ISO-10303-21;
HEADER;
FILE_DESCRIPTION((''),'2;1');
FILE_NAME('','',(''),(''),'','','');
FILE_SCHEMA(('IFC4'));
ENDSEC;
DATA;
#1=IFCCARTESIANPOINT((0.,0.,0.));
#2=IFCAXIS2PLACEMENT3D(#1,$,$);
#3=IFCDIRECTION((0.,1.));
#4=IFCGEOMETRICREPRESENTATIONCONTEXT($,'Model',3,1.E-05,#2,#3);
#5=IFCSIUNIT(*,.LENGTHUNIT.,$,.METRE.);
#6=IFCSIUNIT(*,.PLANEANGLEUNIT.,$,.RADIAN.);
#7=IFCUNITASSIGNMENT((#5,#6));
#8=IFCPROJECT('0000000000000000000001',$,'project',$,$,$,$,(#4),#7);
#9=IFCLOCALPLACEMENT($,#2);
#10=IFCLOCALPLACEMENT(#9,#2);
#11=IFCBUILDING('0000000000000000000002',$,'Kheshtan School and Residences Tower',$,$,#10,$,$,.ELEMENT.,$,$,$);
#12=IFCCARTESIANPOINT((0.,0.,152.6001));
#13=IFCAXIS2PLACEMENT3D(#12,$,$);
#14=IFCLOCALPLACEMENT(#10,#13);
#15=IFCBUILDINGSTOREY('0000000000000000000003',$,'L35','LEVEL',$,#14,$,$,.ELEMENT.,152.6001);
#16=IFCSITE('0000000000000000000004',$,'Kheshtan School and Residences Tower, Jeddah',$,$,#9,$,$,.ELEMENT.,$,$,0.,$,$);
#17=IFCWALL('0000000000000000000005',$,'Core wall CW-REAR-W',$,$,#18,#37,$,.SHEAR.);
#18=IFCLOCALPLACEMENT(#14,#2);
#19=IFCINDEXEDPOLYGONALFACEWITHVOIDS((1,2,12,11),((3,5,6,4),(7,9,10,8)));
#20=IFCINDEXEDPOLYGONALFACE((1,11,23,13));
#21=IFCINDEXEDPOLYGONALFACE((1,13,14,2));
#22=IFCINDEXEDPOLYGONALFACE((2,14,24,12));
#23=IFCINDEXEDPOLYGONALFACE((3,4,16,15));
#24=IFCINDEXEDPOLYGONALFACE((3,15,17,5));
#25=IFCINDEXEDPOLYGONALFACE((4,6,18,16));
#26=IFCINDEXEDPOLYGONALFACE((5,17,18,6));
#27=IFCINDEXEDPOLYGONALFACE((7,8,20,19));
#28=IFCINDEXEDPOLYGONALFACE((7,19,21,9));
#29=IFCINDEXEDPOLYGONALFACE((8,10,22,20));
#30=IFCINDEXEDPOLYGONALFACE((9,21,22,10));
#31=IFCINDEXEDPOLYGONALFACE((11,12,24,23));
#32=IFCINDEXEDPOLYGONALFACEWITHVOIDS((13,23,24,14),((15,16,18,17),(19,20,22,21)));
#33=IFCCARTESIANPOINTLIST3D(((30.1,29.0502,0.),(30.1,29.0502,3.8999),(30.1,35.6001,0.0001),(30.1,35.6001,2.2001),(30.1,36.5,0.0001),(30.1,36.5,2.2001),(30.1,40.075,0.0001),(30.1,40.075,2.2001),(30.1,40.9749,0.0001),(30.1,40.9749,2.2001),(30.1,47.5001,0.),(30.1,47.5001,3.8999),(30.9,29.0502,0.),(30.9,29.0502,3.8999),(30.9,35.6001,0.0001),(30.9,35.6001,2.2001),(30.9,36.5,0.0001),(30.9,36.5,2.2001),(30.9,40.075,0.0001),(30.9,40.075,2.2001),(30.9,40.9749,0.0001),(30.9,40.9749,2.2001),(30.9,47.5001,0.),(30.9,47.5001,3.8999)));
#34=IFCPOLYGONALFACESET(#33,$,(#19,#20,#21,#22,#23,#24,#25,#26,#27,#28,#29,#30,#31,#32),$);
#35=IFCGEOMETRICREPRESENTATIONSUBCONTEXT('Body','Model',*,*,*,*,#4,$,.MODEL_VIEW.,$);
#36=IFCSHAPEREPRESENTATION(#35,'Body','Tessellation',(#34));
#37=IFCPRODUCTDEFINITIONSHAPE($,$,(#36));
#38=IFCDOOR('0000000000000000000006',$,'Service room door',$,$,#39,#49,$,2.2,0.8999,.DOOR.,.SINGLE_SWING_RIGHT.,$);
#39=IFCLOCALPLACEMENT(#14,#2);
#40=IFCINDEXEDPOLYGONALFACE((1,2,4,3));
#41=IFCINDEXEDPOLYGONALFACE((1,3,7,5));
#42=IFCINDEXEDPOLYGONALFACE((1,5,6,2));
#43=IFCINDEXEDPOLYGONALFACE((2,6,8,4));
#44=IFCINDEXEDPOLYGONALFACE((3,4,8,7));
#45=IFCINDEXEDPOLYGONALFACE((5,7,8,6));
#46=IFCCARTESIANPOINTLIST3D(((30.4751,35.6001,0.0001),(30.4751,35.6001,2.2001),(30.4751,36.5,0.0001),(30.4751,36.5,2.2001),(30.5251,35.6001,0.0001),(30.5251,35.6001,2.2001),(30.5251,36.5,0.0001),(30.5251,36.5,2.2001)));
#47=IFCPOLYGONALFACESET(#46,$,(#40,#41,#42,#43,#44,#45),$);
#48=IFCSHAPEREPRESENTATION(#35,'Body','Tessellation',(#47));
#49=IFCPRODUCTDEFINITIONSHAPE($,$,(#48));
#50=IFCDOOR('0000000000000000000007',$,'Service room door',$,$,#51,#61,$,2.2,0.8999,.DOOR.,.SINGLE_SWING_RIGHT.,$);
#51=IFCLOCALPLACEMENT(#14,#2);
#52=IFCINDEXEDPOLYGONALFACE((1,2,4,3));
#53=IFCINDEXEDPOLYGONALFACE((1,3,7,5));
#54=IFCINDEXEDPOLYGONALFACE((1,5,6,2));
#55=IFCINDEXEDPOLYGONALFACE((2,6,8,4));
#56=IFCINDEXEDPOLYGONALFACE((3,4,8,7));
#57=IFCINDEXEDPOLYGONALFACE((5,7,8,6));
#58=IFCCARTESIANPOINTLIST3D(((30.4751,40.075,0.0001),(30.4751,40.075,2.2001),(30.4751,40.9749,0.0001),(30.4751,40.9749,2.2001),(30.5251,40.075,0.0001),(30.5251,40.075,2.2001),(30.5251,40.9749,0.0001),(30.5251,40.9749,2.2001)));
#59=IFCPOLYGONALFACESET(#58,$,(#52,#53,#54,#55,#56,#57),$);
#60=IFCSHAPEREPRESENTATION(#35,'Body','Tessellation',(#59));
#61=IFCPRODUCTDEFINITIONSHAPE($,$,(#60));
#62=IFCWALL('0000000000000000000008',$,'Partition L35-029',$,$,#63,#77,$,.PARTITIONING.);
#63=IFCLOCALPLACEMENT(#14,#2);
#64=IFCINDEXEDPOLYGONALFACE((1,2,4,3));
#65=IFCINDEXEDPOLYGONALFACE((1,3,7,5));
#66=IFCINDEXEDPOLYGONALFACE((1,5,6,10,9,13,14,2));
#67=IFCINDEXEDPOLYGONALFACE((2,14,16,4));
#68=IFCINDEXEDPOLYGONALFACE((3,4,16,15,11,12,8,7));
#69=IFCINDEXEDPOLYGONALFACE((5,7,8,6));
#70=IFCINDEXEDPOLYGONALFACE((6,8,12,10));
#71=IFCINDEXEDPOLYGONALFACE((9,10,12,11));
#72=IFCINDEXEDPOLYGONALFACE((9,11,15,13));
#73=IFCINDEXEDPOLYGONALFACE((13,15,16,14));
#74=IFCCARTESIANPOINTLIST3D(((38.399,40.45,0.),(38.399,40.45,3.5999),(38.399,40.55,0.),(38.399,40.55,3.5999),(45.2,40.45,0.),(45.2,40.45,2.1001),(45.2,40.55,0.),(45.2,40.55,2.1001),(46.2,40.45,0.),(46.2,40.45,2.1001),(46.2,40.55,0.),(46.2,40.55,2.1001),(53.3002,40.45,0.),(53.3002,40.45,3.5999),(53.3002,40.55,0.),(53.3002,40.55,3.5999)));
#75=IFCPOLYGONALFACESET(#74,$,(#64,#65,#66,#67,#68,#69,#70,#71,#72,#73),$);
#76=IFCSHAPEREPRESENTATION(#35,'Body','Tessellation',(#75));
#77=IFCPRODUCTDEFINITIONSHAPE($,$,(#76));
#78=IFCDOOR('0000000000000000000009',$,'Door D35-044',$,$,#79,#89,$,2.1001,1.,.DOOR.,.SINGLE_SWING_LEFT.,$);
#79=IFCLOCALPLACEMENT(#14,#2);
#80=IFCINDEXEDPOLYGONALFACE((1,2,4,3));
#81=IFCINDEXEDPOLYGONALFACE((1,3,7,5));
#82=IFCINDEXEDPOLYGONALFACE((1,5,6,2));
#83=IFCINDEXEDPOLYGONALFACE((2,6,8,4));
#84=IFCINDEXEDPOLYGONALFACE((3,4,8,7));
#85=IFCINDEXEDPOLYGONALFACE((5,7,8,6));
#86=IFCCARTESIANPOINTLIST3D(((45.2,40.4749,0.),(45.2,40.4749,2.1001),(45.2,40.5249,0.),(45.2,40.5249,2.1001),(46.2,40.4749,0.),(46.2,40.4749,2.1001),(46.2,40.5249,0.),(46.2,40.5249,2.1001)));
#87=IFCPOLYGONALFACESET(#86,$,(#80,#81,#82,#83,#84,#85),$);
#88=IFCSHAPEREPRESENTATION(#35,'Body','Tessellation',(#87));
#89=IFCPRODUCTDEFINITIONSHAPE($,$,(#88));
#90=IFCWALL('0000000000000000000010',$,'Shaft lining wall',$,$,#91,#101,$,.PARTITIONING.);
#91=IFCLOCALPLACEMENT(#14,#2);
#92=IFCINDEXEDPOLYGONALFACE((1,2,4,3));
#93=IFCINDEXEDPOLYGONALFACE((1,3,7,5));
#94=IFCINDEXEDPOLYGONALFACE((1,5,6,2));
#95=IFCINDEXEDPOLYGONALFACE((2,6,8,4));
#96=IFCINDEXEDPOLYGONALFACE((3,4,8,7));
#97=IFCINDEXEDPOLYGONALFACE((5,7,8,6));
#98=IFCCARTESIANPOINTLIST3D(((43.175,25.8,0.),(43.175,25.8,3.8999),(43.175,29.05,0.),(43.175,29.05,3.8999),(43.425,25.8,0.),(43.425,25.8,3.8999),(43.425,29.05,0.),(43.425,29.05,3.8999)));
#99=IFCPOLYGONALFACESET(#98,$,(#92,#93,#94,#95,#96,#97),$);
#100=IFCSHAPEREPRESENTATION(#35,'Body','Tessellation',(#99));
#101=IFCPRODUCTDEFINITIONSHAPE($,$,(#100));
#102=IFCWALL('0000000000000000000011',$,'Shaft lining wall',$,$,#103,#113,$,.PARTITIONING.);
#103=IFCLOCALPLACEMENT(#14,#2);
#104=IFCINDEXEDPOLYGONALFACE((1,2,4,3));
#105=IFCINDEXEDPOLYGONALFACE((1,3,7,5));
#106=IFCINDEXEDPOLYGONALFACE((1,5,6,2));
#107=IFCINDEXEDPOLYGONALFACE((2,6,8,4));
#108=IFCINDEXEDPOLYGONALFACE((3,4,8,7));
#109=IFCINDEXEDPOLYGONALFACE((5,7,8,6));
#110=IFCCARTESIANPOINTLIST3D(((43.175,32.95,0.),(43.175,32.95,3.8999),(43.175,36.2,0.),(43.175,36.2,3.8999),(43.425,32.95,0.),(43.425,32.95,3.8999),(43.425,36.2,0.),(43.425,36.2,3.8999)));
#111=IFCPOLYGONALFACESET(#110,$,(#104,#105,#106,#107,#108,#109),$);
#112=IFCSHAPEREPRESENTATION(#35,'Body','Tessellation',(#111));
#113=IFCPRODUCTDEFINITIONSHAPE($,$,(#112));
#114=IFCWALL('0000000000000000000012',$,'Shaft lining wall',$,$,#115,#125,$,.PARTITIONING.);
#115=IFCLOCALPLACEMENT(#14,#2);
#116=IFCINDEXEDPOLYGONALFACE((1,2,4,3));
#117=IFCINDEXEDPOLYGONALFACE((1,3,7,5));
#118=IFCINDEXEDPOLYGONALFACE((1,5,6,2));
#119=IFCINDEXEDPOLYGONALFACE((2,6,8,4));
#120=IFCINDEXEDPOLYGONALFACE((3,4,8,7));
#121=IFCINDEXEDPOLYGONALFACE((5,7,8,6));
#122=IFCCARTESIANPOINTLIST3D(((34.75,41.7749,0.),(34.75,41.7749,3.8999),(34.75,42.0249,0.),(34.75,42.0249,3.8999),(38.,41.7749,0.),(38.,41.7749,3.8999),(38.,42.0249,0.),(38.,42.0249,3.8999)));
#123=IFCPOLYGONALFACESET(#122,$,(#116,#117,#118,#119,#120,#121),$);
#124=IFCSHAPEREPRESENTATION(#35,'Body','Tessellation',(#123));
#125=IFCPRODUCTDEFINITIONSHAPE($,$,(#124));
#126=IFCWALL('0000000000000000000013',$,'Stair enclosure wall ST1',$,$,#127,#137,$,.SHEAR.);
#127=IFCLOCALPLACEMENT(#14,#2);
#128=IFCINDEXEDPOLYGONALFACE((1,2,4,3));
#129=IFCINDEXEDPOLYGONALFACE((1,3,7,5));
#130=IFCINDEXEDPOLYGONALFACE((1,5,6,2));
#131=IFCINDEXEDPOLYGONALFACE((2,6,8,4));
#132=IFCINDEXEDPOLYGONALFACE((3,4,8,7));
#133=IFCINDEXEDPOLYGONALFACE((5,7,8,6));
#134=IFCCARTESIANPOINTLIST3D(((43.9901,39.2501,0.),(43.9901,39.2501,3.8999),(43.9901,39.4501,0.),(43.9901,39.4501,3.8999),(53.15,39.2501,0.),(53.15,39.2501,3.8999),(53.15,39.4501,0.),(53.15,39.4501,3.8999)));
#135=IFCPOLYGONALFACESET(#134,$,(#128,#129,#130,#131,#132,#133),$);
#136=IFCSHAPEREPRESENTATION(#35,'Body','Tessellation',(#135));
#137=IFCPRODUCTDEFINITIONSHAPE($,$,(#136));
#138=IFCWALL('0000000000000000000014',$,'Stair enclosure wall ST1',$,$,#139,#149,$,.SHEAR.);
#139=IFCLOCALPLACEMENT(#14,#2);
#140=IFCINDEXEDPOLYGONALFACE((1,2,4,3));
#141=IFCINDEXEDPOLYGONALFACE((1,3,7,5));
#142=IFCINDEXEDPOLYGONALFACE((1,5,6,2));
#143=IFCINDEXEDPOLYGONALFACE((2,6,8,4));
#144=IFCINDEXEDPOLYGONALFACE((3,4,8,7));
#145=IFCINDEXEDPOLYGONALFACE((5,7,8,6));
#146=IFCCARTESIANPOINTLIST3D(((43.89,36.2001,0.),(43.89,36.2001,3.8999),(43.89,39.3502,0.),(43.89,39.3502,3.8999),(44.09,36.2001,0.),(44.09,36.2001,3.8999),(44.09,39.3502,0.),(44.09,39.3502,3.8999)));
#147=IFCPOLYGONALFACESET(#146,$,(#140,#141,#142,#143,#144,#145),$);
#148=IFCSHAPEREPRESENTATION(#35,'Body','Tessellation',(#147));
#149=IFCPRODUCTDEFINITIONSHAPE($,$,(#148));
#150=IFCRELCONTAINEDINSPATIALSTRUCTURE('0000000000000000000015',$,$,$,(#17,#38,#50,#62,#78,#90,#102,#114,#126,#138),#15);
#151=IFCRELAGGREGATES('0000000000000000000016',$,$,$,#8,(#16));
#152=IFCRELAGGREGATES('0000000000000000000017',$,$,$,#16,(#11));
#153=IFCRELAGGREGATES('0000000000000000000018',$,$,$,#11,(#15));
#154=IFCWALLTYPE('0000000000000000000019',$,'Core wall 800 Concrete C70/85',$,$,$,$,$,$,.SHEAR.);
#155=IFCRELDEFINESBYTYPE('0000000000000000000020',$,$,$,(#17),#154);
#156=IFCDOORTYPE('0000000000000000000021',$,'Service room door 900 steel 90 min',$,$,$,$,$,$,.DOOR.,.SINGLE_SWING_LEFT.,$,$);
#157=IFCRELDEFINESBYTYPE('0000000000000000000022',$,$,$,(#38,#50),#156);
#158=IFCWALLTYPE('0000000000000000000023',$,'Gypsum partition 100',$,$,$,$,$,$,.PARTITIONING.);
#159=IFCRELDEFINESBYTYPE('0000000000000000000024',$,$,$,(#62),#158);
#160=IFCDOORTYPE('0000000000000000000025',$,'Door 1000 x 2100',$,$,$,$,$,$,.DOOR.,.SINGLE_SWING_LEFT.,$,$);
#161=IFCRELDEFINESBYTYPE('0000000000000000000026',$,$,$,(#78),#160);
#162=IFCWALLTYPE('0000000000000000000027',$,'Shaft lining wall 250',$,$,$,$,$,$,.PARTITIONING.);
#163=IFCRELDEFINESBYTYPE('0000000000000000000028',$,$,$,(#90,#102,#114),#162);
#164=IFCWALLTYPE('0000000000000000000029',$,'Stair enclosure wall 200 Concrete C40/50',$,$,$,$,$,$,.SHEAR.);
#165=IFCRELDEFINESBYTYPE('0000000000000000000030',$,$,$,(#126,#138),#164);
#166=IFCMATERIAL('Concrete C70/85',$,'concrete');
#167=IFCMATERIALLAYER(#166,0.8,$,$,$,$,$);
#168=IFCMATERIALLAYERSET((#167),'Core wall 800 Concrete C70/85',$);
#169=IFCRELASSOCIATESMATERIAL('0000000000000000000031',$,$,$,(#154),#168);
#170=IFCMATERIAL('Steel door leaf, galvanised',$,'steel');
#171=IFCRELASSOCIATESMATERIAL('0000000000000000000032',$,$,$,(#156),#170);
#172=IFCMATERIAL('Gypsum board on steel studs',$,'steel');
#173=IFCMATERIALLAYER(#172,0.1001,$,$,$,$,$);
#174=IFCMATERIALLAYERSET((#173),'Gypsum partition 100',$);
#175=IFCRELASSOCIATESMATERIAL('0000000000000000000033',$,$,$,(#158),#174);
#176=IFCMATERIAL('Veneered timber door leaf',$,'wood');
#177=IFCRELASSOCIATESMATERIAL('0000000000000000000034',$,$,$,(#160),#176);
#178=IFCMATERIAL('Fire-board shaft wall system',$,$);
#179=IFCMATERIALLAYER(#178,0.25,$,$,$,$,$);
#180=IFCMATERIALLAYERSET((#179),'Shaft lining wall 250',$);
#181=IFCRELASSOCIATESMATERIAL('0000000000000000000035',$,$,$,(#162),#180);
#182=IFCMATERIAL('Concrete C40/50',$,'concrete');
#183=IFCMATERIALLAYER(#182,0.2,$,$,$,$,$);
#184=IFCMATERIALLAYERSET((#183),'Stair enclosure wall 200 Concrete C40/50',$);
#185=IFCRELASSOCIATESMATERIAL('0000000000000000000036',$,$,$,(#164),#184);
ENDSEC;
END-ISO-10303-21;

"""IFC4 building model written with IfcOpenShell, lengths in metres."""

from ifc_helpers import new_model, si_unit, direction, frame, frame_2d, origin, place, context, subcontext, project, spatial, rectangle, extrude, source, transform, mapped, material, layer, layer_set, type_object, element, fill, save


model = new_model("IFC4")

# Units and contexts
model_context = context("Model", 3, precision=1e-05, world=origin(), true_north=direction((0.0, 1.0)))
body_context = subcontext(model_context, "Body", "Model", "MODEL_VIEW")
ifc_project = project(units=[si_unit("LENGTHUNIT", "METRE"), si_unit("PLANEANGLEUNIT", "RADIAN")], contexts=[model_context])

# Site, building, storey
site_placement = place(None, origin())
site = spatial("IfcSite", under=ifc_project, at=site_placement, Name="Kheshtan School and Residences Tower, Jeddah", CompositionType="ELEMENT", RefElevation=0.0)
building_placement = place(site_placement, origin())
building = spatial("IfcBuilding", under=site, at=building_placement, Name="Kheshtan School and Residences Tower", CompositionType="ELEMENT")
storey_placement = place(building_placement, frame((0.0, 0.0, 152.6001)))
storey = spatial("IfcBuildingStorey", under=building, at=storey_placement, Name="L35", Description="LEVEL", CompositionType="ELEMENT", Elevation=152.6001)

# Shared definitions
ifc_material_1 = material(Name="Steel door leaf, galvanised", Category="steel")

# Shared definitions
ifc_material_2 = material(Name="Concrete C70/85", Category="concrete")
ifc_layer_1 = layer(ifc_material_2, 0.8)
ifc_layer_set_1 = layer_set([ifc_layer_1], Name="Core wall 800 Concrete C70/85")
wall_type_1 = type_object("IfcWallType", Name="Core wall 800 Concrete C70/85", PredefinedType="SHEAR", material=ifc_layer_set_1)

# Wall, openings, doors
wall_1_placement = place(storey_placement, frame((30.5, 29.05, 0.0), z_axis=(0.0, 0.0, 1.0), x_axis=(0.0, 1.0, 0.0)))
wall_1 = element("IfcWall", 1, at=wall_1_placement, inside=storey, type_object=wall_type_1, Name="Core wall CW-REAR-W", PredefinedType="SHEAR", context=body_context, shape_type="SweptSolid", body=[
    extrude(rectangle(XDim=18.45, YDim=0.8, at=frame_2d((9.2251, 0.0))), origin(), (0.0, 0.0, 1.0), 3.8999),
])
opening_1_placement = place(wall_1_placement, frame((6.55, 0.0, 0.0)))
opening_1 = element("IfcOpeningElement", 2, at=opening_1_placement, cuts=wall_1, PredefinedType="OPENING", context=body_context, shape_type="SweptSolid", body=[
    extrude(rectangle(XDim=0.8999, YDim=2.2, at=frame_2d((0.45, 1.1001))), frame((0.0, 0.4102, 0.0), z_axis=(0.0, -1.0, 0.0), x_axis=(1.0, 0.0, 0.0)), (0.0, 0.0, 1.0), 0.8201),
])
opening_2_placement = place(wall_1_placement, frame((11.0249, 0.0, 0.0)))
opening_2 = element("IfcOpeningElement", 3, at=opening_2_placement, cuts=wall_1, PredefinedType="OPENING", context=body_context, shape_type="SweptSolid", body=[
    extrude(rectangle(XDim=0.8999, YDim=2.2, at=frame_2d((0.45, 1.1001))), frame((0.0, 0.4102, 0.0), z_axis=(0.0, -1.0, 0.0), x_axis=(1.0, 0.0, 0.0)), (0.0, 0.0, 1.0), 0.8201),
])
door_type_1 = type_object("IfcDoorType", Name="Service room door 900 steel 90 min", OperationType="SINGLE_SWING_LEFT", PredefinedType="DOOR", material=ifc_material_1)
shared_shape_1 = source(origin(), body_context, "Body", "SweptSolid", [
    extrude(rectangle(XDim=0.8999, YDim=2.2, at=frame_2d((0.45, 1.1001))), frame((0.0, 0.0249, 0.0), z_axis=(0.0, -1.0, 0.0), x_axis=(1.0, 0.0, 0.0)), (0.0, 0.0, 1.0), 0.05),
])
door_1_placement = place(opening_1_placement, origin())
door_1 = element("IfcDoor", 4, at=door_1_placement, inside=storey, type_object=door_type_1, Name="Service room door", OperationType="SINGLE_SWING_RIGHT", OverallHeight=2.2, OverallWidth=0.8999, PredefinedType="DOOR", context=body_context, shape_type="MappedRepresentation", body=[
    mapped(shared_shape_1, transform((0.0, 0.0, 0.0), x_axis=(1.0, 0.0, 0.0), y_axis=(0.0, 1.0, 0.0), z_axis=(0.0, 0.0, 1.0), scale=1.0)),
])
fill(opening_1, door_1)
door_2_placement = place(opening_2_placement, origin())
door_2 = element("IfcDoor", 5, at=door_2_placement, inside=storey, type_object=door_type_1, Name="Service room door", OperationType="SINGLE_SWING_RIGHT", OverallHeight=2.2, OverallWidth=0.8999, PredefinedType="DOOR", context=body_context, shape_type="MappedRepresentation", body=[
    mapped(shared_shape_1, transform((0.0, 0.0, 0.0), x_axis=(1.0, 0.0, 0.0), y_axis=(0.0, 1.0, 0.0), z_axis=(0.0, 0.0, 1.0), scale=1.0)),
])
fill(opening_2, door_2)

# Wall, opening, door
ifc_material_3 = material(Name="Gypsum board on steel studs", Category="steel")
ifc_layer_2 = layer(ifc_material_3, 0.1001)
ifc_layer_set_2 = layer_set([ifc_layer_2], Name="Gypsum partition 100")
wall_type_2 = type_object("IfcWallType", Name="Gypsum partition 100", PredefinedType="PARTITIONING", material=ifc_layer_set_2)
wall_2_placement = place(storey_placement, frame((38.3989, 40.5, 0.0), z_axis=(0.0, 0.0, 1.0), x_axis=(1.0, 0.0, 0.0)))
wall_2 = element("IfcWall", 6, at=wall_2_placement, inside=storey, type_object=wall_type_2, Name="Partition L35-029", PredefinedType="PARTITIONING", context=body_context, shape_type="SweptSolid", body=[
    extrude(rectangle(XDim=14.9011, YDim=0.1001, at=frame_2d((7.4507, 0.0))), origin(), (0.0, 0.0, 1.0), 3.5999),
])
opening_3_placement = place(wall_2_placement, frame((6.801, 0.0, 0.0)))
opening_3 = element("IfcOpeningElement", 7, at=opening_3_placement, cuts=wall_2, PredefinedType="OPENING", context=body_context, shape_type="SweptSolid", body=[
    extrude(rectangle(XDim=1.0, YDim=2.1001, at=frame_2d((0.5, 1.05))), frame((0.0, 0.0601, 0.0), z_axis=(0.0, -1.0, 0.0), x_axis=(1.0, 0.0, 0.0)), (0.0, 0.0, 1.0), 0.1201),
])
ifc_material_4 = material(Name="Veneered timber door leaf", Category="wood")
door_type_2 = type_object("IfcDoorType", Name="Door 1000 x 2100", OperationType="SINGLE_SWING_LEFT", PredefinedType="DOOR", material=ifc_material_4)
shared_shape_2 = source(origin(), body_context, "Body", "SweptSolid", [
    extrude(rectangle(XDim=1.0, YDim=2.1001, at=frame_2d((0.5, 1.05))), frame((0.0, 0.0249, 0.0), z_axis=(0.0, -1.0, 0.0), x_axis=(1.0, 0.0, 0.0)), (0.0, 0.0, 1.0), 0.05),
])
door_3_placement = place(opening_3_placement, origin())
door_3 = element("IfcDoor", 8, at=door_3_placement, inside=storey, type_object=door_type_2, Name="Door D35-044", OperationType="SINGLE_SWING_LEFT", OverallHeight=2.1001, OverallWidth=1.0, PredefinedType="DOOR", context=body_context, shape_type="MappedRepresentation", body=[
    mapped(shared_shape_2, transform((0.0, 0.0, 0.0), x_axis=(1.0, 0.0, 0.0), y_axis=(0.0, 1.0, 0.0), z_axis=(0.0, 0.0, 1.0), scale=1.0)),
])
fill(opening_3, door_3)

# Walls
ifc_material_5 = material(Name="Fire-board shaft wall system")
ifc_layer_3 = layer(ifc_material_5, 0.25)
ifc_layer_set_3 = layer_set([ifc_layer_3], Name="Shaft lining wall 250")
wall_type_3 = type_object("IfcWallType", Name="Shaft lining wall 250", PredefinedType="PARTITIONING", material=ifc_layer_set_3)
for number, where, z_axis, x_axis, name in (
    (9, (43.3, 25.8, 0.0), (0.0, 0.0, 1.0), (0.0, 1.0, 0.0), "Shaft lining wall"),
    (10, (43.3, 32.95, 0.0), (0.0, 0.0, 1.0), (0.0, 1.0, 0.0), "Shaft lining wall"),
    (11, (34.75, 41.8999, 0.0), (0.0, 0.0, 1.0), (1.0, 0.0, 0.0), "Shaft lining wall"),
):
    element("IfcWall", number, at=place(storey_placement, frame(where, z_axis=z_axis, x_axis=x_axis)), inside=storey, type_object=wall_type_3, Name=name, PredefinedType="PARTITIONING", context=body_context, shape_type="SweptSolid", body=[
        extrude(rectangle(XDim=3.25, YDim=0.25, at=frame_2d((1.625, 0.0))), origin(), (0.0, 0.0, 1.0), 3.8999),
    ])
ifc_material_6 = material(Name="Concrete C40/50", Category="concrete")
ifc_layer_4 = layer(ifc_material_6, 0.2)
ifc_layer_set_4 = layer_set([ifc_layer_4], Name="Stair enclosure wall 200 Concrete C40/50")
wall_type_4 = type_object("IfcWallType", Name="Stair enclosure wall 200 Concrete C40/50", PredefinedType="SHEAR", material=ifc_layer_set_4)
wall_3_placement = place(storey_placement, frame((43.99, 39.3501, 0.0), z_axis=(0.0, 0.0, 1.0), x_axis=(1.0, 0.0, 0.0)))
element("IfcWall", 12, at=wall_3_placement, inside=storey, type_object=wall_type_4, Name="Stair enclosure wall ST1", PredefinedType="SHEAR", context=body_context, shape_type="SweptSolid", body=[
    extrude(rectangle(XDim=9.1599, YDim=0.2, at=frame_2d((4.5801, 0.0))), origin(), (0.0, 0.0, 1.0), 3.8999),
])
wall_4_placement = place(storey_placement, frame((43.99, 36.2, 0.0), z_axis=(0.0, 0.0, 1.0), x_axis=(0.0, 1.0, 0.0)))
element("IfcWall", 13, at=wall_4_placement, inside=storey, type_object=wall_type_4, Name="Stair enclosure wall ST1", PredefinedType="SHEAR", context=body_context, shape_type="SweptSolid", body=[
    extrude(rectangle(XDim=3.1501, YDim=0.2, at=frame_2d((1.5752, 0.0))), origin(), (0.0, 0.0, 1.0), 3.8999),
])

save(model, "model.ifc")
